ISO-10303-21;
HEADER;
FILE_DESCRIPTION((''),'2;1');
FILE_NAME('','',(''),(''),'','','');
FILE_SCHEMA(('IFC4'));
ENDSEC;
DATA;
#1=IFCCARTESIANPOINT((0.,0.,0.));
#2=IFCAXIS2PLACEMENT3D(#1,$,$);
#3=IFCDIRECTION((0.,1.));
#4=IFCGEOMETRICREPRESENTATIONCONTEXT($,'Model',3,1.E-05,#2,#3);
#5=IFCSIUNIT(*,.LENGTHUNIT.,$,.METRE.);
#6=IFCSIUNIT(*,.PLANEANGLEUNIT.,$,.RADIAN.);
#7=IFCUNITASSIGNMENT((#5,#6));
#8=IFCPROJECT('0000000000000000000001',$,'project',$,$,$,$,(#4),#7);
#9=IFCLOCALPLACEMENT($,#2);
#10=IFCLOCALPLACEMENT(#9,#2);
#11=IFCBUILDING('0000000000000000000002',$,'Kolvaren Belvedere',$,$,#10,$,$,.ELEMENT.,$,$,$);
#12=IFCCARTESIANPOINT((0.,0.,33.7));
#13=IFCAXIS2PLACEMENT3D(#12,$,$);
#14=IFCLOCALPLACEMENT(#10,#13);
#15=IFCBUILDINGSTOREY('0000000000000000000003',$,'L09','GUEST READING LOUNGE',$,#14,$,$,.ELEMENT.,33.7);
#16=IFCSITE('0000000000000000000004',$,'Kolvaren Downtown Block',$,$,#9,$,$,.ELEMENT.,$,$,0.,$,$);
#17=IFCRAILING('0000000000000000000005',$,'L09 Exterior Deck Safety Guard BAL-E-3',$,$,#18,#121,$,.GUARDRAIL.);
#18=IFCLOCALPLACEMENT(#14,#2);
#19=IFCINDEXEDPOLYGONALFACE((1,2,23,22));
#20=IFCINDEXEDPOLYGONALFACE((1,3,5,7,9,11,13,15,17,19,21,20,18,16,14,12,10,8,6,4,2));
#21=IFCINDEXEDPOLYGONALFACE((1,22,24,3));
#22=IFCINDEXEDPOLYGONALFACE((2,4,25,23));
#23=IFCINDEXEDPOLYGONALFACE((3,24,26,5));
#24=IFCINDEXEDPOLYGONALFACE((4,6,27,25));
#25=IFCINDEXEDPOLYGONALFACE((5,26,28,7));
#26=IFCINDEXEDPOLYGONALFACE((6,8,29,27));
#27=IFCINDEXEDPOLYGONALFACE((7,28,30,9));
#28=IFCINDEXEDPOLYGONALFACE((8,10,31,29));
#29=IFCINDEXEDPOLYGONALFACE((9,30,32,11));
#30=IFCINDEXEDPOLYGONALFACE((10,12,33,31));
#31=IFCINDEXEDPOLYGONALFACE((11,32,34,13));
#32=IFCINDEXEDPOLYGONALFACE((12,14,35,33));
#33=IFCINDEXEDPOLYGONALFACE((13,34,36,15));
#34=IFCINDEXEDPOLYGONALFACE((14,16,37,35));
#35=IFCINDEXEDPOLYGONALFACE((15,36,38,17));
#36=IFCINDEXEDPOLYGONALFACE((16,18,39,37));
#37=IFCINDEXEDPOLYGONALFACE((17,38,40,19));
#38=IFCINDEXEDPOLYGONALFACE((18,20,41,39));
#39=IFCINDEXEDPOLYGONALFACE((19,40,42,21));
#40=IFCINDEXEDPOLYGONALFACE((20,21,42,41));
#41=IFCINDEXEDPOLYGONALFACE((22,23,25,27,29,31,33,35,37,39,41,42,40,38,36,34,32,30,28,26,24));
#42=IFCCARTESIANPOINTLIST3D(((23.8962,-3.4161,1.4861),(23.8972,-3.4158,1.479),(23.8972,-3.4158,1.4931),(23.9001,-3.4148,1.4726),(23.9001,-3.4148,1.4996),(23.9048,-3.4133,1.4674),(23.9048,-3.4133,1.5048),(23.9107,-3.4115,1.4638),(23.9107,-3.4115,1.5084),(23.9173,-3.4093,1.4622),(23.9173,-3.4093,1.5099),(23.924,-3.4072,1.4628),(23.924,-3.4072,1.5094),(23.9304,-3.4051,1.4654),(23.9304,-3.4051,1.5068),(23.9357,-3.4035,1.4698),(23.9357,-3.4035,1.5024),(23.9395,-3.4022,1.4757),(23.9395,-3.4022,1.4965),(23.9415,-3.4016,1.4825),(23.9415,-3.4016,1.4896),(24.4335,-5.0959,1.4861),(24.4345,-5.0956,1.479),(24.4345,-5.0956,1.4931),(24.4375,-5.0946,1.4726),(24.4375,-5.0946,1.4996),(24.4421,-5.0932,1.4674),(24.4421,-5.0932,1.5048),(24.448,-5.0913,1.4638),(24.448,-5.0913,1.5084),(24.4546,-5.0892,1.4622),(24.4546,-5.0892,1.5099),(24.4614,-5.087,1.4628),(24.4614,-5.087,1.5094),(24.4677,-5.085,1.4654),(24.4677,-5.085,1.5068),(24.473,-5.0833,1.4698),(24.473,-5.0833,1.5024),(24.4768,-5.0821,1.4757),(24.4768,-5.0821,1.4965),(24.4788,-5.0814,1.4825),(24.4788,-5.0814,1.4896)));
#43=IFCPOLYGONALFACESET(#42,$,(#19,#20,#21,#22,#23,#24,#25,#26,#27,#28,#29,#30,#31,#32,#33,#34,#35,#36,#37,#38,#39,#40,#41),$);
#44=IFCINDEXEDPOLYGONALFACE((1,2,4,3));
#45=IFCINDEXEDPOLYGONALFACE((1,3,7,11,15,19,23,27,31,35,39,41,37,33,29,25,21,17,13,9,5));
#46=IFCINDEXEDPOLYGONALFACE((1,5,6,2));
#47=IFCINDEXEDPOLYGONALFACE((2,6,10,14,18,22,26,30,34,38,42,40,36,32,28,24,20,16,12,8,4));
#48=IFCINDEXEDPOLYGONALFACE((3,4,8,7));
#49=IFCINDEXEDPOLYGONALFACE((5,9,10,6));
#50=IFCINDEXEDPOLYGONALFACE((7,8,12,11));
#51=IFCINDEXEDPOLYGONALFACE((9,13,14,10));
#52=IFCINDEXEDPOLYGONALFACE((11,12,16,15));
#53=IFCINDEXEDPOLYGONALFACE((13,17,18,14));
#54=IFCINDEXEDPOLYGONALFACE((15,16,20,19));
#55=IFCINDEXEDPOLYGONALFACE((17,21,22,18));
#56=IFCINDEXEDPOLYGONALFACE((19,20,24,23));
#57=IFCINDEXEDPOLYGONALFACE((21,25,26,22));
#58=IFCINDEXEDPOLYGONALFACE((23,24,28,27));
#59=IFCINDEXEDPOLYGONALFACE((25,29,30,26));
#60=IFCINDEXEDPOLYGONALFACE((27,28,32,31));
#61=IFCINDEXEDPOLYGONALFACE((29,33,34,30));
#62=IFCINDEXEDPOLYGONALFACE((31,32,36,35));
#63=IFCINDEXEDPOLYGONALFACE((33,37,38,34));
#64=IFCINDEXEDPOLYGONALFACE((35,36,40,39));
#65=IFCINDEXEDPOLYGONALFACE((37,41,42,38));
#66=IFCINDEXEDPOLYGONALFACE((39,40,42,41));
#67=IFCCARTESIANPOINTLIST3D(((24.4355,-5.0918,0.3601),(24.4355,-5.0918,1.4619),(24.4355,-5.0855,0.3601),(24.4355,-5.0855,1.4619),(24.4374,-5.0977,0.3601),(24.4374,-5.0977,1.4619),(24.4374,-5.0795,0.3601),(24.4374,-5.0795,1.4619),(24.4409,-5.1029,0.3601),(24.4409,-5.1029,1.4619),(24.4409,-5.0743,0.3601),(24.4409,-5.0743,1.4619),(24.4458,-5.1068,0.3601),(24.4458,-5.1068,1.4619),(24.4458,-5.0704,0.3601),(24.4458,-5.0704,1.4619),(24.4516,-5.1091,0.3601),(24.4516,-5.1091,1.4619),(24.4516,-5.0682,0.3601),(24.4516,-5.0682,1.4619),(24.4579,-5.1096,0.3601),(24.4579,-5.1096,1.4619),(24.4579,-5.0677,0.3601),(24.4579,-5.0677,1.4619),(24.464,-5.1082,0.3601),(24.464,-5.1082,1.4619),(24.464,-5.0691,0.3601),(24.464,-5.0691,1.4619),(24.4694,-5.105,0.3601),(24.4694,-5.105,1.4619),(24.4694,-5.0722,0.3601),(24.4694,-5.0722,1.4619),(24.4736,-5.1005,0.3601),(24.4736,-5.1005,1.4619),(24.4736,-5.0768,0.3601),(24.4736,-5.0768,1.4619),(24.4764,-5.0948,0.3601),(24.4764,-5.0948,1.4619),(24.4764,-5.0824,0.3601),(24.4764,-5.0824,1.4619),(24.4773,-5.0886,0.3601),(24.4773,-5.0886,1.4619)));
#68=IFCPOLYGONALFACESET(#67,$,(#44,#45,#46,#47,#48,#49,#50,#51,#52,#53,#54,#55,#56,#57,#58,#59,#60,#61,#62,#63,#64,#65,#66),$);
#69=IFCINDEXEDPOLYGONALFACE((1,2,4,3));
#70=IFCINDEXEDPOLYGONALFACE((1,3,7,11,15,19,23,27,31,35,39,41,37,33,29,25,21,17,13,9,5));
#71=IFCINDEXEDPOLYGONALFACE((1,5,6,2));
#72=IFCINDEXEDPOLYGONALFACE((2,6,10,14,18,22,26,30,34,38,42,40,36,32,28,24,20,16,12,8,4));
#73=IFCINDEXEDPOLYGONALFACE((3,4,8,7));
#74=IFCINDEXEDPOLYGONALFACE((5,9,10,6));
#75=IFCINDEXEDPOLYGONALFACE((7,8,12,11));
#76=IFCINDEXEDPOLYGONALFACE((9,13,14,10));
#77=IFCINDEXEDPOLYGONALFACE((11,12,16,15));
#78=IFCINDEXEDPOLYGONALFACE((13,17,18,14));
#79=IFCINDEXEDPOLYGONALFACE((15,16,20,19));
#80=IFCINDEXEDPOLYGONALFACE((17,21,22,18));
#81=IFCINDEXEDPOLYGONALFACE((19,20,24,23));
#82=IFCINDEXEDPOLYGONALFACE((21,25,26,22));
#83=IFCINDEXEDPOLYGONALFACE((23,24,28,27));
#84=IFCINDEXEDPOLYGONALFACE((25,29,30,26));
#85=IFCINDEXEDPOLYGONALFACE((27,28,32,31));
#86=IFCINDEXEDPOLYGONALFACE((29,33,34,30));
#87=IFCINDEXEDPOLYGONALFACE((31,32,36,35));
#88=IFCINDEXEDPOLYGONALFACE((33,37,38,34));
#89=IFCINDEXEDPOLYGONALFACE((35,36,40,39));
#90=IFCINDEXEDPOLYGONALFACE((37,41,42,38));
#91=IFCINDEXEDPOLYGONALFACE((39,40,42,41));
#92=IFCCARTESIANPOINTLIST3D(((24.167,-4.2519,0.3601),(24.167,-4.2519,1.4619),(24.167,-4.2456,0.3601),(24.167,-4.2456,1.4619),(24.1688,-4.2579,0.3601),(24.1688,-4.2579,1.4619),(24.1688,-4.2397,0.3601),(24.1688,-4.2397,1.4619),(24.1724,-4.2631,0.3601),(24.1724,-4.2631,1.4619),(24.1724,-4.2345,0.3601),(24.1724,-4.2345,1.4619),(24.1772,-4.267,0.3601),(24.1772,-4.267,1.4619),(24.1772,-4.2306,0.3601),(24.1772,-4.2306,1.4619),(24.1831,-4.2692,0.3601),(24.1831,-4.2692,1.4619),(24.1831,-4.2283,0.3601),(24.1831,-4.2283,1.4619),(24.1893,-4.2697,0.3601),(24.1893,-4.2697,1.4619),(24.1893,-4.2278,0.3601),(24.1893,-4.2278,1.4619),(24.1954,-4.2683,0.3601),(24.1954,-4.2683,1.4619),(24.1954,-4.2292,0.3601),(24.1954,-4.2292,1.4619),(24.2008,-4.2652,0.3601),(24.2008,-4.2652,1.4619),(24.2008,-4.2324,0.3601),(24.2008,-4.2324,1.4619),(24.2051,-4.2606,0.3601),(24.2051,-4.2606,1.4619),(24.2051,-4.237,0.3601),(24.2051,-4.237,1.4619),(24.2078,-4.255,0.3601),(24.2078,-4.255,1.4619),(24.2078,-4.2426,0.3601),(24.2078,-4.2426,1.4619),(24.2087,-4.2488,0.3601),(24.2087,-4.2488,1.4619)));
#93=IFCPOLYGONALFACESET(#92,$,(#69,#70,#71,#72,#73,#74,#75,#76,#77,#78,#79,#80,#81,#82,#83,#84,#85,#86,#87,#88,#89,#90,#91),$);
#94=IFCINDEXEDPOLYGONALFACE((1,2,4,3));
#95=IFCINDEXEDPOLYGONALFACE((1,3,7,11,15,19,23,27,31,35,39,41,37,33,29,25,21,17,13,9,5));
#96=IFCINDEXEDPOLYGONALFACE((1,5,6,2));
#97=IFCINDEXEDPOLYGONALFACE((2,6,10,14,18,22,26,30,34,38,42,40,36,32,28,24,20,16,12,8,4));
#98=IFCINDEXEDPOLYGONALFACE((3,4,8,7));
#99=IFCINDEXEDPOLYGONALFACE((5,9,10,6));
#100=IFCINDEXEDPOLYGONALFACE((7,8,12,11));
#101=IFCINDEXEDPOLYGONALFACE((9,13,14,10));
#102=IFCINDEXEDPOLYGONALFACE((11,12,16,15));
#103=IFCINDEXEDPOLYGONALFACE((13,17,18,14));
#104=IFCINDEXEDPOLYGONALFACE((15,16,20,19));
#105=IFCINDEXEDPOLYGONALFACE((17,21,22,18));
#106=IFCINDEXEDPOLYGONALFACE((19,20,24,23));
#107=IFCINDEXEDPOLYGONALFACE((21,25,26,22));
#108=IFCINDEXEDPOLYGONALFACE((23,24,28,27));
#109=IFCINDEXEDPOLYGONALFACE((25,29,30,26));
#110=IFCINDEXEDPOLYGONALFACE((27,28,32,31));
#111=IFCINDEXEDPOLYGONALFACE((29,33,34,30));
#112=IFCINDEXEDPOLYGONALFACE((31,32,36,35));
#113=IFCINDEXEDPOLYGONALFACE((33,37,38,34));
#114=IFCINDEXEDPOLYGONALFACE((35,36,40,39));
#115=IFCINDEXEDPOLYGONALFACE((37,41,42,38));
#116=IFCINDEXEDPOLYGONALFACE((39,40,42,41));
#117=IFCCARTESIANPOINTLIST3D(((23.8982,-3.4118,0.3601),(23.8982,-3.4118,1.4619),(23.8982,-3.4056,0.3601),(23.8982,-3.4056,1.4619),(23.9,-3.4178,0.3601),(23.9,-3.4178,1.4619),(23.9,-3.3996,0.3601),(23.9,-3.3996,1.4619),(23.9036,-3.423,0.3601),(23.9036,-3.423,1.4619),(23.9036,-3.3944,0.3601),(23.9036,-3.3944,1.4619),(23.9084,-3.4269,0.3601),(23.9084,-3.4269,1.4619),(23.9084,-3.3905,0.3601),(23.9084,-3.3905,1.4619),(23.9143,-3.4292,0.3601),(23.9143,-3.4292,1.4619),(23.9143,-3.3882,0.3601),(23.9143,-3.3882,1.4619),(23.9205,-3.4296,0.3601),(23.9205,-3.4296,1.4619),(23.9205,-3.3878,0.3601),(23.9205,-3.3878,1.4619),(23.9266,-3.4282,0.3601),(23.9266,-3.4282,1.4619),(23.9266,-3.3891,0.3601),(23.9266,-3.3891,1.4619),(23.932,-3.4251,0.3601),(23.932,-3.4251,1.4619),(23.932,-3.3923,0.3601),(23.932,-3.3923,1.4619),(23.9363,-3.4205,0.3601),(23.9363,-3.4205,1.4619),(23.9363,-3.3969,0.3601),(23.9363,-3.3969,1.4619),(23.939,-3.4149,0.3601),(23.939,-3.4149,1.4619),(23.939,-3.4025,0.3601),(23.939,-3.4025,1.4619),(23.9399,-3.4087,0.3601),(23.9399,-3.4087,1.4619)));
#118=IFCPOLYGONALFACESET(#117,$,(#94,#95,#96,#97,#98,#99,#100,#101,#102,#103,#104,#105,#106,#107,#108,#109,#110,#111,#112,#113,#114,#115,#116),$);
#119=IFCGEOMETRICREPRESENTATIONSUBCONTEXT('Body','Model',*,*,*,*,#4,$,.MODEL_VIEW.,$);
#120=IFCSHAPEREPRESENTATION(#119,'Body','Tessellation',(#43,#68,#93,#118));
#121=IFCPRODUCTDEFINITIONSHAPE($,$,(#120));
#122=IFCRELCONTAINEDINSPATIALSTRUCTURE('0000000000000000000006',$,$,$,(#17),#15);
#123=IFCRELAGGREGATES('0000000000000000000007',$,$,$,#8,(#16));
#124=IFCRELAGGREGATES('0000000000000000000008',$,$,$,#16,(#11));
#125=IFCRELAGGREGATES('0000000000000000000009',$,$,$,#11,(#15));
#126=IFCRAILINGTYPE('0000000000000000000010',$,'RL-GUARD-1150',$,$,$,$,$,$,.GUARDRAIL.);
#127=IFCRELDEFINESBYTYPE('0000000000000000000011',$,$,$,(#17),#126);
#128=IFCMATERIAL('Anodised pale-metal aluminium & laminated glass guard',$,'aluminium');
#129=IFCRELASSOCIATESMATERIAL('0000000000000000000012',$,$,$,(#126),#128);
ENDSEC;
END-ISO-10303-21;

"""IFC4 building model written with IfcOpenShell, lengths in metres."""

from ifc_helpers import new_model, si_unit, direction, frame, origin, origin_2d, place, context, subcontext, project, spatial, circle, extrude, material, type_object, element, save


model = new_model("IFC4")

# Units and contexts
model_context = context("Model", 3, precision=1e-05, world=origin(), true_north=direction((0.0, 1.0)))
body_context = subcontext(model_context, "Body", "Model", "MODEL_VIEW")
ifc_project = project(units=[si_unit("LENGTHUNIT", "METRE"), si_unit("PLANEANGLEUNIT", "RADIAN")], contexts=[model_context])

# Site, building, storey
site_placement = place(None, origin())
site = spatial("IfcSite", under=ifc_project, at=site_placement, Name="Kolvaren Downtown Block", CompositionType="ELEMENT", RefElevation=0.0)
building_placement = place(site_placement, origin())
building = spatial("IfcBuilding", under=site, at=building_placement, Name="Kolvaren Belvedere", CompositionType="ELEMENT")
storey_placement = place(building_placement, frame((0.0, 0.0, 33.7)))
storey = spatial("IfcBuildingStorey", under=building, at=storey_placement, Name="L09", Description="GUEST READING LOUNGE", CompositionType="ELEMENT", Elevation=33.7)

# Railing
ifc_material_1 = material(Name="Anodised pale-metal aluminium & laminated glass guard", Category="aluminium")
railing_type = type_object("IfcRailingType", Name="RL-GUARD-1150", PredefinedType="GUARDRAIL", material=ifc_material_1)
railing_1_placement = place(storey_placement, frame((24.4563, -5.0886, 0.3601)))
element("IfcRailing", 1, at=railing_1_placement, inside=storey, type_object=railing_type, Name="L09 Exterior Deck Safety Guard BAL-E-3", PredefinedType="GUARDRAIL", context=body_context, shape_type="SweptSolid", body=[
    extrude(circle(Radius=0.0239, at=origin_2d()), frame((0.0, 0.0, 1.126), z_axis=(-0.30466, 0.952461, 0.0), x_axis=(-0.952461, -0.30466, 0.0)), (0.0, 0.0, 1.0), 1.7637),
    extrude(circle(Radius=0.021, at=origin_2d()), origin(), (0.0, 0.0, 1.0), 1.1018),
    extrude(circle(Radius=0.021, at=origin_2d()), frame((-0.2686, 0.8398, 0.0)), (0.0, 0.0, 1.0), 1.1018),
    extrude(circle(Radius=0.021, at=origin_2d()), frame((-0.5374, 1.6799, 0.0)), (0.0, 0.0, 1.0), 1.1018),
])

save(model, "model.ifc")
